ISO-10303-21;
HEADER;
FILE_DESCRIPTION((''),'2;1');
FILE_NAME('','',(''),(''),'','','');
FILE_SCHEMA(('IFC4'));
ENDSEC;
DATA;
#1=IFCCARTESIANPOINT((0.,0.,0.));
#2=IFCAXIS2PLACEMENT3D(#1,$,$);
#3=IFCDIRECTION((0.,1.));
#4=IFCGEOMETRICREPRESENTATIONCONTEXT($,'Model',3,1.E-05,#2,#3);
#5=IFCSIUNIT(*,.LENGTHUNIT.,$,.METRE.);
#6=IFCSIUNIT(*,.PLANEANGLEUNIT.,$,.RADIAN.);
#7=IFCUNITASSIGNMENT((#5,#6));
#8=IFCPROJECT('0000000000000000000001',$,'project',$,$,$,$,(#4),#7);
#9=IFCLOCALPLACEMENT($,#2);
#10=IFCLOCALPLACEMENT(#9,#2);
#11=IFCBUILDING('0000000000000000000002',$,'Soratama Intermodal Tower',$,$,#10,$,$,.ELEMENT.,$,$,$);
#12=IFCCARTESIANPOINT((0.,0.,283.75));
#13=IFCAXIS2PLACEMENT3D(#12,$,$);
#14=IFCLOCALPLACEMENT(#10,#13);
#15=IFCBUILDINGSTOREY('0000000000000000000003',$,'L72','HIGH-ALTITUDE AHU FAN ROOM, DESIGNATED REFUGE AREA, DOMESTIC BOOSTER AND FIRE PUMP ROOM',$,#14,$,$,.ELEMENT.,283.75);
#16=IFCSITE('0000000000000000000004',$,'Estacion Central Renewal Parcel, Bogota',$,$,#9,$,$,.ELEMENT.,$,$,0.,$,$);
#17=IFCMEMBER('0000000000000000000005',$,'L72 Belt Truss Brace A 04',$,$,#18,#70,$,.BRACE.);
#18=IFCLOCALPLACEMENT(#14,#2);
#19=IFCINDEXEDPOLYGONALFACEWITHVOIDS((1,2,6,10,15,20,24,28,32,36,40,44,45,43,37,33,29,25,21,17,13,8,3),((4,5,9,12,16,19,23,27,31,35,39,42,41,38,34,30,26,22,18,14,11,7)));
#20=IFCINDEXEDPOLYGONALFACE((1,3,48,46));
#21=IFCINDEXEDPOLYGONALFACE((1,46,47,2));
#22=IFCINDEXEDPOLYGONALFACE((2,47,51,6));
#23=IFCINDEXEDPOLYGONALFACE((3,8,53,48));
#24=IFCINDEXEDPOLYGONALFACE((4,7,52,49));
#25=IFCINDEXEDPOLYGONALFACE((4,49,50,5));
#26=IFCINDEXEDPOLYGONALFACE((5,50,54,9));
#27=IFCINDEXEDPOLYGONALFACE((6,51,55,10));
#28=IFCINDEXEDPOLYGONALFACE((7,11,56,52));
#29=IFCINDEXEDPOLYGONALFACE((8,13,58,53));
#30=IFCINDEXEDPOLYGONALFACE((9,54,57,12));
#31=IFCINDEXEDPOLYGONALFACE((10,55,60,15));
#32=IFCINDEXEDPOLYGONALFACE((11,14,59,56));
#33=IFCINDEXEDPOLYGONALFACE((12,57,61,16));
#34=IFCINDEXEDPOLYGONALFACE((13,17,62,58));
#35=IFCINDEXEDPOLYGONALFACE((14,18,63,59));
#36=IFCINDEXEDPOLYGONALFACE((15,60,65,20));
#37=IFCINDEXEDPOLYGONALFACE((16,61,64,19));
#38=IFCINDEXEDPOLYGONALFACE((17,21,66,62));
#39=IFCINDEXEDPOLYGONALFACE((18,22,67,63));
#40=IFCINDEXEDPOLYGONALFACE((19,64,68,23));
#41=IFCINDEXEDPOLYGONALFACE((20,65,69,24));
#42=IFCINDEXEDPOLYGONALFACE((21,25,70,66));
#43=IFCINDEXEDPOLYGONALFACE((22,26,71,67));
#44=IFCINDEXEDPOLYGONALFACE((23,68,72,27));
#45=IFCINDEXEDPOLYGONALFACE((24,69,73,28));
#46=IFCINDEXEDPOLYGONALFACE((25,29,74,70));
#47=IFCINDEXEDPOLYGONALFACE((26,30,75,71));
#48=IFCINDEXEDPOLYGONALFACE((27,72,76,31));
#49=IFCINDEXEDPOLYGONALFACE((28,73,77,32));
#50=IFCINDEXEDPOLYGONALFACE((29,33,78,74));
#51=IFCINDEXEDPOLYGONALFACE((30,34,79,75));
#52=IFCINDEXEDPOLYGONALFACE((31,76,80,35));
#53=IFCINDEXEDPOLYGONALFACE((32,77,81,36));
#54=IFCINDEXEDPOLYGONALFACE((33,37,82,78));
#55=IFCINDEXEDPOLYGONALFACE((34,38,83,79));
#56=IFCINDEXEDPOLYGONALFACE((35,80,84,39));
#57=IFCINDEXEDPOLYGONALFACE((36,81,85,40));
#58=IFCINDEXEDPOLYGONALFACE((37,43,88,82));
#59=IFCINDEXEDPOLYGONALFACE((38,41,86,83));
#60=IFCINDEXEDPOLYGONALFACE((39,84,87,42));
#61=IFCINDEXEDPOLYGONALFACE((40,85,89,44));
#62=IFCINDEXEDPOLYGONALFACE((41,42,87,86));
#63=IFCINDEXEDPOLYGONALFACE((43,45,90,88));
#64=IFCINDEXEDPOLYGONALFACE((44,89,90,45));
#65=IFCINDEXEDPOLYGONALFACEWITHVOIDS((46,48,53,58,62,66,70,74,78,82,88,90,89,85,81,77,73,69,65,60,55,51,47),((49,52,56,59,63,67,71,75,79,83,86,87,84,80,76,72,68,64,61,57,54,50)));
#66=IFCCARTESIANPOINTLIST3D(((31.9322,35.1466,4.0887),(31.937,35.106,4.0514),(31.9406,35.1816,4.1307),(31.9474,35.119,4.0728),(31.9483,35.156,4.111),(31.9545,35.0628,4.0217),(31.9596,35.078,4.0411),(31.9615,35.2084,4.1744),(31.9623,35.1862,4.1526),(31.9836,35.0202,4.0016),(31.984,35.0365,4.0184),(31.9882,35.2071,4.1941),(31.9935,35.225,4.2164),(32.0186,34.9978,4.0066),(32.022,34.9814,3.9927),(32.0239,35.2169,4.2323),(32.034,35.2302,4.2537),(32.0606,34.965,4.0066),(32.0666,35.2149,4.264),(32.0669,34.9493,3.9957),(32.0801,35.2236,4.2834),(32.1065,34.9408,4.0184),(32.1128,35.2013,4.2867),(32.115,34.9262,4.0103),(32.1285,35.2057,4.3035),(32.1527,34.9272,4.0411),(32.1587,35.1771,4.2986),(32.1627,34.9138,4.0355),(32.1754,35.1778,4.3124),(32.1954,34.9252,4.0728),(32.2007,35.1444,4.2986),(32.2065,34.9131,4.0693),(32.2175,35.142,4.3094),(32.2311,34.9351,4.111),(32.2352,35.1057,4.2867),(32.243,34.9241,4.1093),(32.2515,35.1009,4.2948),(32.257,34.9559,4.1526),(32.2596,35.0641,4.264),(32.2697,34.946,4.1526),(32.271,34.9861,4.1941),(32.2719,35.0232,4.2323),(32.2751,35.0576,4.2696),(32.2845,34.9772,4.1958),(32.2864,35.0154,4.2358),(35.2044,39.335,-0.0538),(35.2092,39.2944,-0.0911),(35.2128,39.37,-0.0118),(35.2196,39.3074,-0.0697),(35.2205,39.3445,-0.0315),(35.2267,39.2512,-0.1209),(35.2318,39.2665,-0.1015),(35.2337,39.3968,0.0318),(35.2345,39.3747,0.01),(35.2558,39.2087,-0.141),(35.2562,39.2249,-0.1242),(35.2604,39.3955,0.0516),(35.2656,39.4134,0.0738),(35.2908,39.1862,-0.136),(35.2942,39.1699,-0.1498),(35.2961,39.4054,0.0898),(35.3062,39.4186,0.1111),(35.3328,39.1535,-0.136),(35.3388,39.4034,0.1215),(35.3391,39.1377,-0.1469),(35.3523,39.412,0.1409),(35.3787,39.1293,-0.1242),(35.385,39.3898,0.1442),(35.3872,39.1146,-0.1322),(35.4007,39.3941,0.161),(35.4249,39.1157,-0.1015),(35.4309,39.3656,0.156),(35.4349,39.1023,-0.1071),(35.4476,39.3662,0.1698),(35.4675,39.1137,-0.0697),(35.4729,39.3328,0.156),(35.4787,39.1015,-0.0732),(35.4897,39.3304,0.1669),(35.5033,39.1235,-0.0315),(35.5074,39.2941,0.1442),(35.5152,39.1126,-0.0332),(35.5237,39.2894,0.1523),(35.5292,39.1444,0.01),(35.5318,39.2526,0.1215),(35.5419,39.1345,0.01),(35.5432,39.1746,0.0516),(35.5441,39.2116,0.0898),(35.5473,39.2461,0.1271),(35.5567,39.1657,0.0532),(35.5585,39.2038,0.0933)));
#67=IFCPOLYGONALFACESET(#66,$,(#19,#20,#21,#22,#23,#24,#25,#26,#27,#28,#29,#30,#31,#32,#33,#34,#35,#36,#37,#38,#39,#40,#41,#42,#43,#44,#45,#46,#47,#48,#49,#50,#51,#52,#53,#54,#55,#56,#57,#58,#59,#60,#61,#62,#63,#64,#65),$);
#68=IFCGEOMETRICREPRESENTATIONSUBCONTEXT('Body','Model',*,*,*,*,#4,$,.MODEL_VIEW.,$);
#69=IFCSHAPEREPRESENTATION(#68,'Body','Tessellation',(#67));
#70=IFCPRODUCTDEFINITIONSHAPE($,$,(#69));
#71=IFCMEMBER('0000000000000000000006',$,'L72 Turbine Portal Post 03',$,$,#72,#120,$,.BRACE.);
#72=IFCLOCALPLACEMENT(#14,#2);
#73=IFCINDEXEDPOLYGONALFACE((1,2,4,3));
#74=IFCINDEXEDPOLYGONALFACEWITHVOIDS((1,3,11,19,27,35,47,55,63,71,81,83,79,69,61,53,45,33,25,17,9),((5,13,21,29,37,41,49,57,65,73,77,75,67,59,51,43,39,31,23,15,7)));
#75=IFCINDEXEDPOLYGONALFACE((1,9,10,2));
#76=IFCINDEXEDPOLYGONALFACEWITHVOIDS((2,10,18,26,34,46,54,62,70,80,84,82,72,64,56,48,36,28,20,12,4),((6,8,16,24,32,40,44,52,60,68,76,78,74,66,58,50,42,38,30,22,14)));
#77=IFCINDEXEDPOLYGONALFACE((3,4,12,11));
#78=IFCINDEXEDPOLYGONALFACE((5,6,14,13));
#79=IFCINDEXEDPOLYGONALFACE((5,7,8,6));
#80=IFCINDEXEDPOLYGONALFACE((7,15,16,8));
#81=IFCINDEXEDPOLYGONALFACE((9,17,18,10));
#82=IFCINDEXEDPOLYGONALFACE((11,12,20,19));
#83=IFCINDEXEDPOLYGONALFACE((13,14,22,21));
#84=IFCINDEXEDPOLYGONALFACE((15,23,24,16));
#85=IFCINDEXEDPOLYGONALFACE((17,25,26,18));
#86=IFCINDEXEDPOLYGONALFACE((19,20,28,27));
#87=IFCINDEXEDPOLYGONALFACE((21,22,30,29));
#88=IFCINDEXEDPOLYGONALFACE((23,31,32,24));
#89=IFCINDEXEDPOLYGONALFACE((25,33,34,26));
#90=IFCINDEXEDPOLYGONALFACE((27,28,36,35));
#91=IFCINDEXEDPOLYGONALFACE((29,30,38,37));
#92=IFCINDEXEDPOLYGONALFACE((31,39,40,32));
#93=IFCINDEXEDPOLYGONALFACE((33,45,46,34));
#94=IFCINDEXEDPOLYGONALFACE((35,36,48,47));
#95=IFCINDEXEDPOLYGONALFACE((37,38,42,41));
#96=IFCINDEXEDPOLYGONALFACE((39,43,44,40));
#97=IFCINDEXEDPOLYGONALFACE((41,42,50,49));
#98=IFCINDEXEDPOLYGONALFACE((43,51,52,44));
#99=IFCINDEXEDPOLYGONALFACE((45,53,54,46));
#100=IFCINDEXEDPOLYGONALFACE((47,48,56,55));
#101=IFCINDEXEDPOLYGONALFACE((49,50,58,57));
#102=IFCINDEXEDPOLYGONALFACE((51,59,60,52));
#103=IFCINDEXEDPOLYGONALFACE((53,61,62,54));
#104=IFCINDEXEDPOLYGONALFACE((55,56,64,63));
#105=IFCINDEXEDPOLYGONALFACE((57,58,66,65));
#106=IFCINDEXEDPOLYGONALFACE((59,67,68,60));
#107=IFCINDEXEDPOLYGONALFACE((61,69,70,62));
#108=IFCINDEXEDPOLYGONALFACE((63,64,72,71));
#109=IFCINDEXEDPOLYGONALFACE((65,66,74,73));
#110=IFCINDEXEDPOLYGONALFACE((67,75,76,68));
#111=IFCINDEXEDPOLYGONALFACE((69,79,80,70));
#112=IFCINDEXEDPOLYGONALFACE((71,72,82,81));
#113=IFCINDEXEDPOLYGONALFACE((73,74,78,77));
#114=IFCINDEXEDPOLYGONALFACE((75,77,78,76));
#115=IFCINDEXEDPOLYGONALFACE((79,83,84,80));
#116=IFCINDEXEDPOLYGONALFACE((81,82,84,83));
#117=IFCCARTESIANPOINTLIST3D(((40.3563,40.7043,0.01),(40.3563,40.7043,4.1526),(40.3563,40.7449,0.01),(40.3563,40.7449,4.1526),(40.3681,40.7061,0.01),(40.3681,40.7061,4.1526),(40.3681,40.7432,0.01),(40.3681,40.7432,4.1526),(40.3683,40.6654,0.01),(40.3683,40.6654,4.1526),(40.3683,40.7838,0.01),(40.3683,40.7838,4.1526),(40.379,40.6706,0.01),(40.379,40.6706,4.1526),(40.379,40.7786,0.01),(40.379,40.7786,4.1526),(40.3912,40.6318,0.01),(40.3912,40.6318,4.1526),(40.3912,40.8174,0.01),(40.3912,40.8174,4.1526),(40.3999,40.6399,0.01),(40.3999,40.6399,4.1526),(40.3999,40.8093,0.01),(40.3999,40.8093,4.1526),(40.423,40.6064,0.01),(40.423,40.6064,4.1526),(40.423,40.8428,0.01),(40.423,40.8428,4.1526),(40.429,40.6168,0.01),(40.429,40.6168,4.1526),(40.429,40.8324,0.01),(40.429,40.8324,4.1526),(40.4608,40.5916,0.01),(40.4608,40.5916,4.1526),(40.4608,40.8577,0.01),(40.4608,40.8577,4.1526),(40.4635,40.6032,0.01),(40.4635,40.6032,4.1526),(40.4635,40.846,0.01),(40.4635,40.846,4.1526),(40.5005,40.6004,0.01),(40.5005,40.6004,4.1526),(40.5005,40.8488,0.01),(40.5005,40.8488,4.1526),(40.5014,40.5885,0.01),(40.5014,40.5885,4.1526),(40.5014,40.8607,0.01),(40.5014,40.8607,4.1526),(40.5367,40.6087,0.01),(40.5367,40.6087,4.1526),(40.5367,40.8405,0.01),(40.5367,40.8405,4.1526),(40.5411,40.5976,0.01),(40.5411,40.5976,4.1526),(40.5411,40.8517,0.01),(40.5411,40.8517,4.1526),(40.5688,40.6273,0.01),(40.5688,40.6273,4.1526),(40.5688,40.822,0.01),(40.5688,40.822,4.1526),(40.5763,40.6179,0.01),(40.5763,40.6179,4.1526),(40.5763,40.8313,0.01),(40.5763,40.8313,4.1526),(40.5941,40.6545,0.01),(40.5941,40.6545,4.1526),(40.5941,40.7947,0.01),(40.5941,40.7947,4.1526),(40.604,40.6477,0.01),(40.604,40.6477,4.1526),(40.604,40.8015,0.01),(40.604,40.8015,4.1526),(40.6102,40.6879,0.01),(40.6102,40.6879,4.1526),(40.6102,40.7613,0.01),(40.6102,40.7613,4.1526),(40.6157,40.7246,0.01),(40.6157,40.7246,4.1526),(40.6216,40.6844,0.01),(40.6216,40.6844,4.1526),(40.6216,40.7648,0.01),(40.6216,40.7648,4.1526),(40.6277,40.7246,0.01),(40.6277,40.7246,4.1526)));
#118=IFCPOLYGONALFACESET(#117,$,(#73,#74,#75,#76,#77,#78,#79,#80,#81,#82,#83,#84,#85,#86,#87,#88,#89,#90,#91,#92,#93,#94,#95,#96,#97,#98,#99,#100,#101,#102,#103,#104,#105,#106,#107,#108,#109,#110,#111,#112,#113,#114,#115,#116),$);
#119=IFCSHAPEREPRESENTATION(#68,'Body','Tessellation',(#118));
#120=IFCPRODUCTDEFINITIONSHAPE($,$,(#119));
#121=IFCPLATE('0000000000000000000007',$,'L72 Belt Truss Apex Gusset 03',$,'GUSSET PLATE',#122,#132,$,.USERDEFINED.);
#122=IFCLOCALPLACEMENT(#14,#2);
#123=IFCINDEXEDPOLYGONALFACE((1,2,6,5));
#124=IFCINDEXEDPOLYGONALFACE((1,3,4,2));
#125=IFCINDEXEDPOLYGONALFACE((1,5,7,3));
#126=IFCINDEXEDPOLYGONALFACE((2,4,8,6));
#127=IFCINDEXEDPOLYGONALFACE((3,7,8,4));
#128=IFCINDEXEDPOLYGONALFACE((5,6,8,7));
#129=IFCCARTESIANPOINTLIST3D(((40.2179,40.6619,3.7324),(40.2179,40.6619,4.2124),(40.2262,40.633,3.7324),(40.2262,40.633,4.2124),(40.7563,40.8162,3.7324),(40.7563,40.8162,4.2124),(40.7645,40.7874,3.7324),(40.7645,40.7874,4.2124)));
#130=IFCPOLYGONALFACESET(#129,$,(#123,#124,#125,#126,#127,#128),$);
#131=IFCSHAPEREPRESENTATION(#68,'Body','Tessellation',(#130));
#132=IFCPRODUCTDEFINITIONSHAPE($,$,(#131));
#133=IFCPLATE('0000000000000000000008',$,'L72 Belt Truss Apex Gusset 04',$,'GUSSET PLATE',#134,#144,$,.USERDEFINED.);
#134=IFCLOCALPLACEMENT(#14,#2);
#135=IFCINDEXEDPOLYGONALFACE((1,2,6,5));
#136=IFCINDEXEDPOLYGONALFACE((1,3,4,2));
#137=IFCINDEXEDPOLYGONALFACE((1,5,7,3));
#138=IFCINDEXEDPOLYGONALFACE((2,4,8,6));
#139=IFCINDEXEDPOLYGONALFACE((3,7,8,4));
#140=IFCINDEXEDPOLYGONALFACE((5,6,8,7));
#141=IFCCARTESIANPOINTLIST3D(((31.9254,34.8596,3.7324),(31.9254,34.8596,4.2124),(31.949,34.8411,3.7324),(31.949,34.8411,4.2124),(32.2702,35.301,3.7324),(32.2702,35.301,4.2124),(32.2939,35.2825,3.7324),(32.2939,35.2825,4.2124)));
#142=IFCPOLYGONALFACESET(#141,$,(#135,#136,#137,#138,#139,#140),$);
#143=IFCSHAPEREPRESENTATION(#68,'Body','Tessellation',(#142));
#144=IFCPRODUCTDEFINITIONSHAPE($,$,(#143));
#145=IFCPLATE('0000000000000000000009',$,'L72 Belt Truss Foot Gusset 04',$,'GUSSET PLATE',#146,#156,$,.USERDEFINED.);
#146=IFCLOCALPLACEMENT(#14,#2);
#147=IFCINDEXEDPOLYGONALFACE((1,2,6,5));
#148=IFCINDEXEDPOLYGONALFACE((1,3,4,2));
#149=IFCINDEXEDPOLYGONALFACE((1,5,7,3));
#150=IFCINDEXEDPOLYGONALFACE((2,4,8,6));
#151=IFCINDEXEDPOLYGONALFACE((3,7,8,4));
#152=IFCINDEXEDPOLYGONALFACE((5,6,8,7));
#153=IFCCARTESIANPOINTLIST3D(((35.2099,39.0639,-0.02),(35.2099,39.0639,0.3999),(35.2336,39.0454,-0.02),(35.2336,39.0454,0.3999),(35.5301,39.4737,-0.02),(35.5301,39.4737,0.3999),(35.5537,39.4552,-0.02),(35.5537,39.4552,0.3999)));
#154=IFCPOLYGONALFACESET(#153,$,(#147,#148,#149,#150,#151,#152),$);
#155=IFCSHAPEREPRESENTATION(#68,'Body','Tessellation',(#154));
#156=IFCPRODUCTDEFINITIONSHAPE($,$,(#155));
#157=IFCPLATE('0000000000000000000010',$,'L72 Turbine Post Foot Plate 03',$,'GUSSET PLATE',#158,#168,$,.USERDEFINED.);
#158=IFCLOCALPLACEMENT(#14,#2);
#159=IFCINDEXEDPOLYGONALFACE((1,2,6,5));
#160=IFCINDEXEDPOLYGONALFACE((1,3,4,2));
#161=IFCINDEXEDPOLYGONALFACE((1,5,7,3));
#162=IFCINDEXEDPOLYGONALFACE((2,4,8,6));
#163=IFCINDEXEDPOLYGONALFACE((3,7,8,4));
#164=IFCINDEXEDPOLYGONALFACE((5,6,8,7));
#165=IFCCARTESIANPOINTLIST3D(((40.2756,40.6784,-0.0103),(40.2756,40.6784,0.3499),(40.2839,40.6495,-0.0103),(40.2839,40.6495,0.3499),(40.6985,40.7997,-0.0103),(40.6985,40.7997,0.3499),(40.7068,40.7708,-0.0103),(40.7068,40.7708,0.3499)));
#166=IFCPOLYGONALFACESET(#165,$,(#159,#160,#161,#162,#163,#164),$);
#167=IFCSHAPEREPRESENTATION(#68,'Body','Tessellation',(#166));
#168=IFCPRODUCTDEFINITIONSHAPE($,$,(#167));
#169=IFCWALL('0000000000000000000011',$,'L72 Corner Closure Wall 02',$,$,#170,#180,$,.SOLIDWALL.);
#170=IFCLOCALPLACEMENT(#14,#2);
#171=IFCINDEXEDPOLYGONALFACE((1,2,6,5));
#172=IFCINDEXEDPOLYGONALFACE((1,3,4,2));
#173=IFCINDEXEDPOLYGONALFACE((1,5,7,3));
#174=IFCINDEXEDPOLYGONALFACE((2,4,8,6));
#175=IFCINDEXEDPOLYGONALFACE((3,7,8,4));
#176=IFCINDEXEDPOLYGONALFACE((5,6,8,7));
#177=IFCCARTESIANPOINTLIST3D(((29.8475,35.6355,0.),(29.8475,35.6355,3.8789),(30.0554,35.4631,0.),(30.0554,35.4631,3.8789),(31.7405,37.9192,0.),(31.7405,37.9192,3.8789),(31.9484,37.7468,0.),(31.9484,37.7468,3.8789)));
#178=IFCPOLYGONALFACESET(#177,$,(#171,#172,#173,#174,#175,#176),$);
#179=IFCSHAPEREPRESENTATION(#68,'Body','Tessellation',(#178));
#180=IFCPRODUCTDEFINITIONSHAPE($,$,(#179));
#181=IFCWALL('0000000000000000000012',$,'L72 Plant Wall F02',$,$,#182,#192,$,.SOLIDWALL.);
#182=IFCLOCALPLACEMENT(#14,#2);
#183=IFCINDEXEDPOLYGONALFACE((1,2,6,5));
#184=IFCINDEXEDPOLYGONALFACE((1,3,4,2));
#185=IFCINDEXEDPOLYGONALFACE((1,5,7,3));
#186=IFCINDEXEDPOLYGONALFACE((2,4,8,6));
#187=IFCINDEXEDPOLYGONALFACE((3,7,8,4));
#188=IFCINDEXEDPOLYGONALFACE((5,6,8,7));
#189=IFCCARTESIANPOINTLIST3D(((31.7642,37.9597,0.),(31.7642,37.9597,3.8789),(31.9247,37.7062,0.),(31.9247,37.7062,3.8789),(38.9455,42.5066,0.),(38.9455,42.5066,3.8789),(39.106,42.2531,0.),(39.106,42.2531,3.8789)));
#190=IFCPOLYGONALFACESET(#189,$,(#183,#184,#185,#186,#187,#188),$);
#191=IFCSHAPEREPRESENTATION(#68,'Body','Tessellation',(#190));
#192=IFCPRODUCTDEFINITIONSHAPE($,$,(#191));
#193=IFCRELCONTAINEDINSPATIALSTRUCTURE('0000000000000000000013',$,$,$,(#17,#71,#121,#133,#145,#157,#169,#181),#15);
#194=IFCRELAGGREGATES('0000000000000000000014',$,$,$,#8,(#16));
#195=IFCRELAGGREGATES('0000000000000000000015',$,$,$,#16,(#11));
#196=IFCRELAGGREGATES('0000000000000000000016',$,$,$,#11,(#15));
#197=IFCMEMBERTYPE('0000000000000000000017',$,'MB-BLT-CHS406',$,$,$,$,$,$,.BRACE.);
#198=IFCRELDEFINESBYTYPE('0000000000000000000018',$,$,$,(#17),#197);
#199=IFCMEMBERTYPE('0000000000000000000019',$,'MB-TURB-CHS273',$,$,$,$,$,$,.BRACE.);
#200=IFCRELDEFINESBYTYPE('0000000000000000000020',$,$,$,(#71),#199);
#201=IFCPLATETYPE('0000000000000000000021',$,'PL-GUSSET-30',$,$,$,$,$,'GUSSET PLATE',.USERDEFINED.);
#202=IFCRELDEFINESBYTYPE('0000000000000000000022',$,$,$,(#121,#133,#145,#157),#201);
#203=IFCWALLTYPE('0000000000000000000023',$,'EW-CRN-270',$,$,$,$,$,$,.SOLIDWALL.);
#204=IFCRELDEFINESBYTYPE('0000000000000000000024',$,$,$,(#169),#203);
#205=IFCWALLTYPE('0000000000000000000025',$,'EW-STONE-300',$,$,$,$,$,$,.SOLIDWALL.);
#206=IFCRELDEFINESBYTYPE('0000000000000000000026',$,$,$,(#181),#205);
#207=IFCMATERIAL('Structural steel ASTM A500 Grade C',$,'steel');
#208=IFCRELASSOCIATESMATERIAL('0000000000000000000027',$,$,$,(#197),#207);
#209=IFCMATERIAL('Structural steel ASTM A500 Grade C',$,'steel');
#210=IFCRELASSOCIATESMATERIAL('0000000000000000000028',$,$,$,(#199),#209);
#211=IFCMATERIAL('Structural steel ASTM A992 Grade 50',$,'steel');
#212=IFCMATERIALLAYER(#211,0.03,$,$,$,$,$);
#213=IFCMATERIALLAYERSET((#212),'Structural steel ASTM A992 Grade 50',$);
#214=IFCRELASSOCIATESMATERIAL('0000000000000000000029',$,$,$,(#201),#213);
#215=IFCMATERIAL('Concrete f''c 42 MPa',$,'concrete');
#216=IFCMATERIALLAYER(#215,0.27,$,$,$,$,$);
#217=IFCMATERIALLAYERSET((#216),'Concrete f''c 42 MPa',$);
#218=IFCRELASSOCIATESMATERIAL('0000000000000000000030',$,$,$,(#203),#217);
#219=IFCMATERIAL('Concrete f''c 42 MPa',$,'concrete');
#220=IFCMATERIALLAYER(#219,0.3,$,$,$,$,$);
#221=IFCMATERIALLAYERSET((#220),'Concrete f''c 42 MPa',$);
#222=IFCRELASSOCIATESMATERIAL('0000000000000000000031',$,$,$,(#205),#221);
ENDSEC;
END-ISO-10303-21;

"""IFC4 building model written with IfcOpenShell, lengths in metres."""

from ifc_helpers import new_model, si_unit, direction, frame, frame_2d, origin, origin_2d, place, context, subcontext, project, spatial, rectangle, hollow_circle, extrude, material, layer, layer_set, material_profile, profile_set, type_object, element, save


model = new_model("IFC4")

# Units and contexts
model_context = context("Model", 3, precision=1e-05, world=origin(), true_north=direction((0.0, 1.0)))
body_context = subcontext(model_context, "Body", "Model", "MODEL_VIEW")
ifc_project = project(units=[si_unit("LENGTHUNIT", "METRE"), si_unit("PLANEANGLEUNIT", "RADIAN")], contexts=[model_context])

# Site, building, storey
site_placement = place(None, origin())
site = spatial("IfcSite", under=ifc_project, at=site_placement, Name="Estacion Central Renewal Parcel, Bogota", CompositionType="ELEMENT", RefElevation=0.0)
building_placement = place(site_placement, origin())
building = spatial("IfcBuilding", under=site, at=building_placement, Name="Soratama Intermodal Tower", CompositionType="ELEMENT")
storey_placement = place(building_placement, frame((0.0, 0.0, 283.75)))
storey = spatial("IfcBuildingStorey", under=building, at=storey_placement, Name="L72", Description="HIGH-ALTITUDE AHU FAN ROOM, DESIGNATED REFUGE AREA, DOMESTIC BOOSTER AND FIRE PUMP ROOM", CompositionType="ELEMENT", Elevation=283.75)

# Members
ifc_material_1 = material(Name="Structural steel ASTM A500 Grade C", Category="steel")
ifc_material_profile_1 = material_profile(ifc_material_1, hollow_circle(Radius=0.2031, WallThickness=0.0161, at=origin_2d()), Name="CHS406X16")
ifc_profile_set_1 = profile_set([ifc_material_profile_1], Name="Structural steel ASTM A500 Grade C")
member_type_1 = type_object("IfcMemberType", Name="MB-BLT-CHS406", PredefinedType="BRACE", material=ifc_profile_set_1)
member_1_placement = place(storey_placement, frame((35.3818, 39.2595, 0.01), z_axis=(-0.485577, -0.621545, 0.614733), x_axis=(0.788027, -0.61564, 0.0)))
element("IfcMember", 1, at=member_1_placement, inside=storey, type_object=member_type_1, Name="L72 Belt Truss Brace A 04", PredefinedType="BRACE", context=body_context, shape_type="SweptSolid", body=[
    extrude(hollow_circle(Radius=0.2031, WallThickness=0.0161, at=origin_2d()), origin(), (0.0, 0.0, 1.0), 6.7388),
])
ifc_material_2 = material(Name="Structural steel ASTM A500 Grade C", Category="steel")
ifc_material_profile_2 = material_profile(ifc_material_2, hollow_circle(Radius=0.1365, WallThickness=0.012, at=origin_2d()), Name="CHS273X12")
ifc_profile_set_2 = profile_set([ifc_material_profile_2], Name="Structural steel ASTM A500 Grade C")
member_type_2 = type_object("IfcMemberType", Name="MB-TURB-CHS273", PredefinedType="BRACE", material=ifc_profile_set_2)
member_2_placement = place(storey_placement, frame((40.4912, 40.7246, 0.01), z_axis=(0.0, 0.0, 1.0), x_axis=(1.0, 0.0, 0.0)))
element("IfcMember", 2, at=member_2_placement, inside=storey, type_object=member_type_2, Name="L72 Turbine Portal Post 03", PredefinedType="BRACE", context=body_context, shape_type="SweptSolid", body=[
    extrude(hollow_circle(Radius=0.1365, WallThickness=0.012, at=origin_2d()), origin(), (0.0, 0.0, 1.0), 4.1426),
])

# Plates
ifc_material_3 = material(Name="Structural steel ASTM A992 Grade 50", Category="steel")
ifc_layer_1 = layer(ifc_material_3, 0.03)
ifc_layer_set_1 = layer_set([ifc_layer_1], Name="Structural steel ASTM A992 Grade 50")
plate_type = type_object("IfcPlateType", Name="PL-GUSSET-30", ElementType="GUSSET PLATE", PredefinedType="USERDEFINED", material=ifc_layer_set_1)
for number, where, z_axis, x_axis, name in (
    (3, (40.4912, 40.7246, 3.7324), (0.0, 0.0, 1.0), (-0.961262, -0.275637, 0.0), "L72 Belt Truss Apex Gusset 03"),
    (4, (32.1096, 35.071, 3.7324), (0.0, 0.0, 1.0), (-0.615661, -0.788011, 0.0), "L72 Belt Truss Apex Gusset 04"),
):
    element("IfcPlate", number, at=place(storey_placement, frame(where, z_axis=z_axis, x_axis=x_axis)), inside=storey, type_object=plate_type, Name=name, ObjectType="GUSSET PLATE", PredefinedType="USERDEFINED", context=body_context, shape_type="SweptSolid", body=[
        extrude(rectangle(XDim=0.5601, YDim=0.03, at=origin_2d()), origin(), (0.0, 0.0, 1.0), 0.48),
    ])
plate_1_placement = place(storey_placement, frame((35.3818, 39.2595, -0.02), z_axis=(0.0, 0.0, 1.0), x_axis=(-0.615661, -0.788011, 0.0)))
element("IfcPlate", 5, at=plate_1_placement, inside=storey, type_object=plate_type, Name="L72 Belt Truss Foot Gusset 04", ObjectType="GUSSET PLATE", PredefinedType="USERDEFINED", context=body_context, shape_type="SweptSolid", body=[
    extrude(rectangle(XDim=0.52, YDim=0.03, at=origin_2d()), origin(), (0.0, 0.0, 1.0), 0.4199),
])
plate_2_placement = place(storey_placement, frame((40.4912, 40.7246, -0.0103), z_axis=(0.0, 0.0, 1.0), x_axis=(-0.961262, -0.275637, 0.0)))
element("IfcPlate", 6, at=plate_2_placement, inside=storey, type_object=plate_type, Name="L72 Turbine Post Foot Plate 03", ObjectType="GUSSET PLATE", PredefinedType="USERDEFINED", context=body_context, shape_type="SweptSolid", body=[
    extrude(rectangle(XDim=0.4399, YDim=0.03, at=origin_2d()), origin(), (0.0, 0.0, 1.0), 0.3601),
])

# Walls
ifc_material_4 = material(Name="Concrete f'c 42 MPa", Category="concrete")
ifc_layer_2 = layer(ifc_material_4, 0.27)
ifc_layer_set_2 = layer_set([ifc_layer_2], Name="Concrete f'c 42 MPa")
wall_type_1 = type_object("IfcWallType", Name="EW-CRN-270", PredefinedType="SOLIDWALL", material=ifc_layer_set_2)
wall_1_placement = place(storey_placement, frame((31.8445, 37.833, 0.0), z_axis=(0.0, 0.0, 1.0), x_axis=(-0.638191, -0.769878, 0.0)))
element("IfcWall", 7, at=wall_1_placement, inside=storey, type_object=wall_type_1, Name="L72 Corner Closure Wall 02", PredefinedType="SOLIDWALL", context=body_context, shape_type="SweptSolid", body=[
    extrude(rectangle(XDim=2.9663, YDim=0.27, at=frame_2d((1.4832, 0.0))), origin(), (0.0, 0.0, 1.0), 3.8789),
])
ifc_material_5 = material(Name="Concrete f'c 42 MPa", Category="concrete")
ifc_layer_3 = layer(ifc_material_5, 0.3)
ifc_layer_set_3 = layer_set([ifc_layer_3], Name="Concrete f'c 42 MPa")
wall_type_2 = type_object("IfcWallType", Name="EW-STONE-300", PredefinedType="SOLIDWALL", material=ifc_layer_set_3)
wall_2_placement = place(storey_placement, frame((39.0259, 42.3799, 0.0), z_axis=(0.0, 0.0, 1.0), x_axis=(-0.84489, -0.534939, 0.0)))
element("IfcWall", 8, at=wall_2_placement, inside=storey, type_object=wall_type_2, Name="L72 Plant Wall F02", PredefinedType="SOLIDWALL", context=body_context, shape_type="SweptSolid", body=[
    extrude(rectangle(XDim=8.4998, YDim=0.3, at=frame_2d((4.25, 0.0))), origin(), (0.0, 0.0, 1.0), 3.8789),
])

save(model, "model.ifc")
